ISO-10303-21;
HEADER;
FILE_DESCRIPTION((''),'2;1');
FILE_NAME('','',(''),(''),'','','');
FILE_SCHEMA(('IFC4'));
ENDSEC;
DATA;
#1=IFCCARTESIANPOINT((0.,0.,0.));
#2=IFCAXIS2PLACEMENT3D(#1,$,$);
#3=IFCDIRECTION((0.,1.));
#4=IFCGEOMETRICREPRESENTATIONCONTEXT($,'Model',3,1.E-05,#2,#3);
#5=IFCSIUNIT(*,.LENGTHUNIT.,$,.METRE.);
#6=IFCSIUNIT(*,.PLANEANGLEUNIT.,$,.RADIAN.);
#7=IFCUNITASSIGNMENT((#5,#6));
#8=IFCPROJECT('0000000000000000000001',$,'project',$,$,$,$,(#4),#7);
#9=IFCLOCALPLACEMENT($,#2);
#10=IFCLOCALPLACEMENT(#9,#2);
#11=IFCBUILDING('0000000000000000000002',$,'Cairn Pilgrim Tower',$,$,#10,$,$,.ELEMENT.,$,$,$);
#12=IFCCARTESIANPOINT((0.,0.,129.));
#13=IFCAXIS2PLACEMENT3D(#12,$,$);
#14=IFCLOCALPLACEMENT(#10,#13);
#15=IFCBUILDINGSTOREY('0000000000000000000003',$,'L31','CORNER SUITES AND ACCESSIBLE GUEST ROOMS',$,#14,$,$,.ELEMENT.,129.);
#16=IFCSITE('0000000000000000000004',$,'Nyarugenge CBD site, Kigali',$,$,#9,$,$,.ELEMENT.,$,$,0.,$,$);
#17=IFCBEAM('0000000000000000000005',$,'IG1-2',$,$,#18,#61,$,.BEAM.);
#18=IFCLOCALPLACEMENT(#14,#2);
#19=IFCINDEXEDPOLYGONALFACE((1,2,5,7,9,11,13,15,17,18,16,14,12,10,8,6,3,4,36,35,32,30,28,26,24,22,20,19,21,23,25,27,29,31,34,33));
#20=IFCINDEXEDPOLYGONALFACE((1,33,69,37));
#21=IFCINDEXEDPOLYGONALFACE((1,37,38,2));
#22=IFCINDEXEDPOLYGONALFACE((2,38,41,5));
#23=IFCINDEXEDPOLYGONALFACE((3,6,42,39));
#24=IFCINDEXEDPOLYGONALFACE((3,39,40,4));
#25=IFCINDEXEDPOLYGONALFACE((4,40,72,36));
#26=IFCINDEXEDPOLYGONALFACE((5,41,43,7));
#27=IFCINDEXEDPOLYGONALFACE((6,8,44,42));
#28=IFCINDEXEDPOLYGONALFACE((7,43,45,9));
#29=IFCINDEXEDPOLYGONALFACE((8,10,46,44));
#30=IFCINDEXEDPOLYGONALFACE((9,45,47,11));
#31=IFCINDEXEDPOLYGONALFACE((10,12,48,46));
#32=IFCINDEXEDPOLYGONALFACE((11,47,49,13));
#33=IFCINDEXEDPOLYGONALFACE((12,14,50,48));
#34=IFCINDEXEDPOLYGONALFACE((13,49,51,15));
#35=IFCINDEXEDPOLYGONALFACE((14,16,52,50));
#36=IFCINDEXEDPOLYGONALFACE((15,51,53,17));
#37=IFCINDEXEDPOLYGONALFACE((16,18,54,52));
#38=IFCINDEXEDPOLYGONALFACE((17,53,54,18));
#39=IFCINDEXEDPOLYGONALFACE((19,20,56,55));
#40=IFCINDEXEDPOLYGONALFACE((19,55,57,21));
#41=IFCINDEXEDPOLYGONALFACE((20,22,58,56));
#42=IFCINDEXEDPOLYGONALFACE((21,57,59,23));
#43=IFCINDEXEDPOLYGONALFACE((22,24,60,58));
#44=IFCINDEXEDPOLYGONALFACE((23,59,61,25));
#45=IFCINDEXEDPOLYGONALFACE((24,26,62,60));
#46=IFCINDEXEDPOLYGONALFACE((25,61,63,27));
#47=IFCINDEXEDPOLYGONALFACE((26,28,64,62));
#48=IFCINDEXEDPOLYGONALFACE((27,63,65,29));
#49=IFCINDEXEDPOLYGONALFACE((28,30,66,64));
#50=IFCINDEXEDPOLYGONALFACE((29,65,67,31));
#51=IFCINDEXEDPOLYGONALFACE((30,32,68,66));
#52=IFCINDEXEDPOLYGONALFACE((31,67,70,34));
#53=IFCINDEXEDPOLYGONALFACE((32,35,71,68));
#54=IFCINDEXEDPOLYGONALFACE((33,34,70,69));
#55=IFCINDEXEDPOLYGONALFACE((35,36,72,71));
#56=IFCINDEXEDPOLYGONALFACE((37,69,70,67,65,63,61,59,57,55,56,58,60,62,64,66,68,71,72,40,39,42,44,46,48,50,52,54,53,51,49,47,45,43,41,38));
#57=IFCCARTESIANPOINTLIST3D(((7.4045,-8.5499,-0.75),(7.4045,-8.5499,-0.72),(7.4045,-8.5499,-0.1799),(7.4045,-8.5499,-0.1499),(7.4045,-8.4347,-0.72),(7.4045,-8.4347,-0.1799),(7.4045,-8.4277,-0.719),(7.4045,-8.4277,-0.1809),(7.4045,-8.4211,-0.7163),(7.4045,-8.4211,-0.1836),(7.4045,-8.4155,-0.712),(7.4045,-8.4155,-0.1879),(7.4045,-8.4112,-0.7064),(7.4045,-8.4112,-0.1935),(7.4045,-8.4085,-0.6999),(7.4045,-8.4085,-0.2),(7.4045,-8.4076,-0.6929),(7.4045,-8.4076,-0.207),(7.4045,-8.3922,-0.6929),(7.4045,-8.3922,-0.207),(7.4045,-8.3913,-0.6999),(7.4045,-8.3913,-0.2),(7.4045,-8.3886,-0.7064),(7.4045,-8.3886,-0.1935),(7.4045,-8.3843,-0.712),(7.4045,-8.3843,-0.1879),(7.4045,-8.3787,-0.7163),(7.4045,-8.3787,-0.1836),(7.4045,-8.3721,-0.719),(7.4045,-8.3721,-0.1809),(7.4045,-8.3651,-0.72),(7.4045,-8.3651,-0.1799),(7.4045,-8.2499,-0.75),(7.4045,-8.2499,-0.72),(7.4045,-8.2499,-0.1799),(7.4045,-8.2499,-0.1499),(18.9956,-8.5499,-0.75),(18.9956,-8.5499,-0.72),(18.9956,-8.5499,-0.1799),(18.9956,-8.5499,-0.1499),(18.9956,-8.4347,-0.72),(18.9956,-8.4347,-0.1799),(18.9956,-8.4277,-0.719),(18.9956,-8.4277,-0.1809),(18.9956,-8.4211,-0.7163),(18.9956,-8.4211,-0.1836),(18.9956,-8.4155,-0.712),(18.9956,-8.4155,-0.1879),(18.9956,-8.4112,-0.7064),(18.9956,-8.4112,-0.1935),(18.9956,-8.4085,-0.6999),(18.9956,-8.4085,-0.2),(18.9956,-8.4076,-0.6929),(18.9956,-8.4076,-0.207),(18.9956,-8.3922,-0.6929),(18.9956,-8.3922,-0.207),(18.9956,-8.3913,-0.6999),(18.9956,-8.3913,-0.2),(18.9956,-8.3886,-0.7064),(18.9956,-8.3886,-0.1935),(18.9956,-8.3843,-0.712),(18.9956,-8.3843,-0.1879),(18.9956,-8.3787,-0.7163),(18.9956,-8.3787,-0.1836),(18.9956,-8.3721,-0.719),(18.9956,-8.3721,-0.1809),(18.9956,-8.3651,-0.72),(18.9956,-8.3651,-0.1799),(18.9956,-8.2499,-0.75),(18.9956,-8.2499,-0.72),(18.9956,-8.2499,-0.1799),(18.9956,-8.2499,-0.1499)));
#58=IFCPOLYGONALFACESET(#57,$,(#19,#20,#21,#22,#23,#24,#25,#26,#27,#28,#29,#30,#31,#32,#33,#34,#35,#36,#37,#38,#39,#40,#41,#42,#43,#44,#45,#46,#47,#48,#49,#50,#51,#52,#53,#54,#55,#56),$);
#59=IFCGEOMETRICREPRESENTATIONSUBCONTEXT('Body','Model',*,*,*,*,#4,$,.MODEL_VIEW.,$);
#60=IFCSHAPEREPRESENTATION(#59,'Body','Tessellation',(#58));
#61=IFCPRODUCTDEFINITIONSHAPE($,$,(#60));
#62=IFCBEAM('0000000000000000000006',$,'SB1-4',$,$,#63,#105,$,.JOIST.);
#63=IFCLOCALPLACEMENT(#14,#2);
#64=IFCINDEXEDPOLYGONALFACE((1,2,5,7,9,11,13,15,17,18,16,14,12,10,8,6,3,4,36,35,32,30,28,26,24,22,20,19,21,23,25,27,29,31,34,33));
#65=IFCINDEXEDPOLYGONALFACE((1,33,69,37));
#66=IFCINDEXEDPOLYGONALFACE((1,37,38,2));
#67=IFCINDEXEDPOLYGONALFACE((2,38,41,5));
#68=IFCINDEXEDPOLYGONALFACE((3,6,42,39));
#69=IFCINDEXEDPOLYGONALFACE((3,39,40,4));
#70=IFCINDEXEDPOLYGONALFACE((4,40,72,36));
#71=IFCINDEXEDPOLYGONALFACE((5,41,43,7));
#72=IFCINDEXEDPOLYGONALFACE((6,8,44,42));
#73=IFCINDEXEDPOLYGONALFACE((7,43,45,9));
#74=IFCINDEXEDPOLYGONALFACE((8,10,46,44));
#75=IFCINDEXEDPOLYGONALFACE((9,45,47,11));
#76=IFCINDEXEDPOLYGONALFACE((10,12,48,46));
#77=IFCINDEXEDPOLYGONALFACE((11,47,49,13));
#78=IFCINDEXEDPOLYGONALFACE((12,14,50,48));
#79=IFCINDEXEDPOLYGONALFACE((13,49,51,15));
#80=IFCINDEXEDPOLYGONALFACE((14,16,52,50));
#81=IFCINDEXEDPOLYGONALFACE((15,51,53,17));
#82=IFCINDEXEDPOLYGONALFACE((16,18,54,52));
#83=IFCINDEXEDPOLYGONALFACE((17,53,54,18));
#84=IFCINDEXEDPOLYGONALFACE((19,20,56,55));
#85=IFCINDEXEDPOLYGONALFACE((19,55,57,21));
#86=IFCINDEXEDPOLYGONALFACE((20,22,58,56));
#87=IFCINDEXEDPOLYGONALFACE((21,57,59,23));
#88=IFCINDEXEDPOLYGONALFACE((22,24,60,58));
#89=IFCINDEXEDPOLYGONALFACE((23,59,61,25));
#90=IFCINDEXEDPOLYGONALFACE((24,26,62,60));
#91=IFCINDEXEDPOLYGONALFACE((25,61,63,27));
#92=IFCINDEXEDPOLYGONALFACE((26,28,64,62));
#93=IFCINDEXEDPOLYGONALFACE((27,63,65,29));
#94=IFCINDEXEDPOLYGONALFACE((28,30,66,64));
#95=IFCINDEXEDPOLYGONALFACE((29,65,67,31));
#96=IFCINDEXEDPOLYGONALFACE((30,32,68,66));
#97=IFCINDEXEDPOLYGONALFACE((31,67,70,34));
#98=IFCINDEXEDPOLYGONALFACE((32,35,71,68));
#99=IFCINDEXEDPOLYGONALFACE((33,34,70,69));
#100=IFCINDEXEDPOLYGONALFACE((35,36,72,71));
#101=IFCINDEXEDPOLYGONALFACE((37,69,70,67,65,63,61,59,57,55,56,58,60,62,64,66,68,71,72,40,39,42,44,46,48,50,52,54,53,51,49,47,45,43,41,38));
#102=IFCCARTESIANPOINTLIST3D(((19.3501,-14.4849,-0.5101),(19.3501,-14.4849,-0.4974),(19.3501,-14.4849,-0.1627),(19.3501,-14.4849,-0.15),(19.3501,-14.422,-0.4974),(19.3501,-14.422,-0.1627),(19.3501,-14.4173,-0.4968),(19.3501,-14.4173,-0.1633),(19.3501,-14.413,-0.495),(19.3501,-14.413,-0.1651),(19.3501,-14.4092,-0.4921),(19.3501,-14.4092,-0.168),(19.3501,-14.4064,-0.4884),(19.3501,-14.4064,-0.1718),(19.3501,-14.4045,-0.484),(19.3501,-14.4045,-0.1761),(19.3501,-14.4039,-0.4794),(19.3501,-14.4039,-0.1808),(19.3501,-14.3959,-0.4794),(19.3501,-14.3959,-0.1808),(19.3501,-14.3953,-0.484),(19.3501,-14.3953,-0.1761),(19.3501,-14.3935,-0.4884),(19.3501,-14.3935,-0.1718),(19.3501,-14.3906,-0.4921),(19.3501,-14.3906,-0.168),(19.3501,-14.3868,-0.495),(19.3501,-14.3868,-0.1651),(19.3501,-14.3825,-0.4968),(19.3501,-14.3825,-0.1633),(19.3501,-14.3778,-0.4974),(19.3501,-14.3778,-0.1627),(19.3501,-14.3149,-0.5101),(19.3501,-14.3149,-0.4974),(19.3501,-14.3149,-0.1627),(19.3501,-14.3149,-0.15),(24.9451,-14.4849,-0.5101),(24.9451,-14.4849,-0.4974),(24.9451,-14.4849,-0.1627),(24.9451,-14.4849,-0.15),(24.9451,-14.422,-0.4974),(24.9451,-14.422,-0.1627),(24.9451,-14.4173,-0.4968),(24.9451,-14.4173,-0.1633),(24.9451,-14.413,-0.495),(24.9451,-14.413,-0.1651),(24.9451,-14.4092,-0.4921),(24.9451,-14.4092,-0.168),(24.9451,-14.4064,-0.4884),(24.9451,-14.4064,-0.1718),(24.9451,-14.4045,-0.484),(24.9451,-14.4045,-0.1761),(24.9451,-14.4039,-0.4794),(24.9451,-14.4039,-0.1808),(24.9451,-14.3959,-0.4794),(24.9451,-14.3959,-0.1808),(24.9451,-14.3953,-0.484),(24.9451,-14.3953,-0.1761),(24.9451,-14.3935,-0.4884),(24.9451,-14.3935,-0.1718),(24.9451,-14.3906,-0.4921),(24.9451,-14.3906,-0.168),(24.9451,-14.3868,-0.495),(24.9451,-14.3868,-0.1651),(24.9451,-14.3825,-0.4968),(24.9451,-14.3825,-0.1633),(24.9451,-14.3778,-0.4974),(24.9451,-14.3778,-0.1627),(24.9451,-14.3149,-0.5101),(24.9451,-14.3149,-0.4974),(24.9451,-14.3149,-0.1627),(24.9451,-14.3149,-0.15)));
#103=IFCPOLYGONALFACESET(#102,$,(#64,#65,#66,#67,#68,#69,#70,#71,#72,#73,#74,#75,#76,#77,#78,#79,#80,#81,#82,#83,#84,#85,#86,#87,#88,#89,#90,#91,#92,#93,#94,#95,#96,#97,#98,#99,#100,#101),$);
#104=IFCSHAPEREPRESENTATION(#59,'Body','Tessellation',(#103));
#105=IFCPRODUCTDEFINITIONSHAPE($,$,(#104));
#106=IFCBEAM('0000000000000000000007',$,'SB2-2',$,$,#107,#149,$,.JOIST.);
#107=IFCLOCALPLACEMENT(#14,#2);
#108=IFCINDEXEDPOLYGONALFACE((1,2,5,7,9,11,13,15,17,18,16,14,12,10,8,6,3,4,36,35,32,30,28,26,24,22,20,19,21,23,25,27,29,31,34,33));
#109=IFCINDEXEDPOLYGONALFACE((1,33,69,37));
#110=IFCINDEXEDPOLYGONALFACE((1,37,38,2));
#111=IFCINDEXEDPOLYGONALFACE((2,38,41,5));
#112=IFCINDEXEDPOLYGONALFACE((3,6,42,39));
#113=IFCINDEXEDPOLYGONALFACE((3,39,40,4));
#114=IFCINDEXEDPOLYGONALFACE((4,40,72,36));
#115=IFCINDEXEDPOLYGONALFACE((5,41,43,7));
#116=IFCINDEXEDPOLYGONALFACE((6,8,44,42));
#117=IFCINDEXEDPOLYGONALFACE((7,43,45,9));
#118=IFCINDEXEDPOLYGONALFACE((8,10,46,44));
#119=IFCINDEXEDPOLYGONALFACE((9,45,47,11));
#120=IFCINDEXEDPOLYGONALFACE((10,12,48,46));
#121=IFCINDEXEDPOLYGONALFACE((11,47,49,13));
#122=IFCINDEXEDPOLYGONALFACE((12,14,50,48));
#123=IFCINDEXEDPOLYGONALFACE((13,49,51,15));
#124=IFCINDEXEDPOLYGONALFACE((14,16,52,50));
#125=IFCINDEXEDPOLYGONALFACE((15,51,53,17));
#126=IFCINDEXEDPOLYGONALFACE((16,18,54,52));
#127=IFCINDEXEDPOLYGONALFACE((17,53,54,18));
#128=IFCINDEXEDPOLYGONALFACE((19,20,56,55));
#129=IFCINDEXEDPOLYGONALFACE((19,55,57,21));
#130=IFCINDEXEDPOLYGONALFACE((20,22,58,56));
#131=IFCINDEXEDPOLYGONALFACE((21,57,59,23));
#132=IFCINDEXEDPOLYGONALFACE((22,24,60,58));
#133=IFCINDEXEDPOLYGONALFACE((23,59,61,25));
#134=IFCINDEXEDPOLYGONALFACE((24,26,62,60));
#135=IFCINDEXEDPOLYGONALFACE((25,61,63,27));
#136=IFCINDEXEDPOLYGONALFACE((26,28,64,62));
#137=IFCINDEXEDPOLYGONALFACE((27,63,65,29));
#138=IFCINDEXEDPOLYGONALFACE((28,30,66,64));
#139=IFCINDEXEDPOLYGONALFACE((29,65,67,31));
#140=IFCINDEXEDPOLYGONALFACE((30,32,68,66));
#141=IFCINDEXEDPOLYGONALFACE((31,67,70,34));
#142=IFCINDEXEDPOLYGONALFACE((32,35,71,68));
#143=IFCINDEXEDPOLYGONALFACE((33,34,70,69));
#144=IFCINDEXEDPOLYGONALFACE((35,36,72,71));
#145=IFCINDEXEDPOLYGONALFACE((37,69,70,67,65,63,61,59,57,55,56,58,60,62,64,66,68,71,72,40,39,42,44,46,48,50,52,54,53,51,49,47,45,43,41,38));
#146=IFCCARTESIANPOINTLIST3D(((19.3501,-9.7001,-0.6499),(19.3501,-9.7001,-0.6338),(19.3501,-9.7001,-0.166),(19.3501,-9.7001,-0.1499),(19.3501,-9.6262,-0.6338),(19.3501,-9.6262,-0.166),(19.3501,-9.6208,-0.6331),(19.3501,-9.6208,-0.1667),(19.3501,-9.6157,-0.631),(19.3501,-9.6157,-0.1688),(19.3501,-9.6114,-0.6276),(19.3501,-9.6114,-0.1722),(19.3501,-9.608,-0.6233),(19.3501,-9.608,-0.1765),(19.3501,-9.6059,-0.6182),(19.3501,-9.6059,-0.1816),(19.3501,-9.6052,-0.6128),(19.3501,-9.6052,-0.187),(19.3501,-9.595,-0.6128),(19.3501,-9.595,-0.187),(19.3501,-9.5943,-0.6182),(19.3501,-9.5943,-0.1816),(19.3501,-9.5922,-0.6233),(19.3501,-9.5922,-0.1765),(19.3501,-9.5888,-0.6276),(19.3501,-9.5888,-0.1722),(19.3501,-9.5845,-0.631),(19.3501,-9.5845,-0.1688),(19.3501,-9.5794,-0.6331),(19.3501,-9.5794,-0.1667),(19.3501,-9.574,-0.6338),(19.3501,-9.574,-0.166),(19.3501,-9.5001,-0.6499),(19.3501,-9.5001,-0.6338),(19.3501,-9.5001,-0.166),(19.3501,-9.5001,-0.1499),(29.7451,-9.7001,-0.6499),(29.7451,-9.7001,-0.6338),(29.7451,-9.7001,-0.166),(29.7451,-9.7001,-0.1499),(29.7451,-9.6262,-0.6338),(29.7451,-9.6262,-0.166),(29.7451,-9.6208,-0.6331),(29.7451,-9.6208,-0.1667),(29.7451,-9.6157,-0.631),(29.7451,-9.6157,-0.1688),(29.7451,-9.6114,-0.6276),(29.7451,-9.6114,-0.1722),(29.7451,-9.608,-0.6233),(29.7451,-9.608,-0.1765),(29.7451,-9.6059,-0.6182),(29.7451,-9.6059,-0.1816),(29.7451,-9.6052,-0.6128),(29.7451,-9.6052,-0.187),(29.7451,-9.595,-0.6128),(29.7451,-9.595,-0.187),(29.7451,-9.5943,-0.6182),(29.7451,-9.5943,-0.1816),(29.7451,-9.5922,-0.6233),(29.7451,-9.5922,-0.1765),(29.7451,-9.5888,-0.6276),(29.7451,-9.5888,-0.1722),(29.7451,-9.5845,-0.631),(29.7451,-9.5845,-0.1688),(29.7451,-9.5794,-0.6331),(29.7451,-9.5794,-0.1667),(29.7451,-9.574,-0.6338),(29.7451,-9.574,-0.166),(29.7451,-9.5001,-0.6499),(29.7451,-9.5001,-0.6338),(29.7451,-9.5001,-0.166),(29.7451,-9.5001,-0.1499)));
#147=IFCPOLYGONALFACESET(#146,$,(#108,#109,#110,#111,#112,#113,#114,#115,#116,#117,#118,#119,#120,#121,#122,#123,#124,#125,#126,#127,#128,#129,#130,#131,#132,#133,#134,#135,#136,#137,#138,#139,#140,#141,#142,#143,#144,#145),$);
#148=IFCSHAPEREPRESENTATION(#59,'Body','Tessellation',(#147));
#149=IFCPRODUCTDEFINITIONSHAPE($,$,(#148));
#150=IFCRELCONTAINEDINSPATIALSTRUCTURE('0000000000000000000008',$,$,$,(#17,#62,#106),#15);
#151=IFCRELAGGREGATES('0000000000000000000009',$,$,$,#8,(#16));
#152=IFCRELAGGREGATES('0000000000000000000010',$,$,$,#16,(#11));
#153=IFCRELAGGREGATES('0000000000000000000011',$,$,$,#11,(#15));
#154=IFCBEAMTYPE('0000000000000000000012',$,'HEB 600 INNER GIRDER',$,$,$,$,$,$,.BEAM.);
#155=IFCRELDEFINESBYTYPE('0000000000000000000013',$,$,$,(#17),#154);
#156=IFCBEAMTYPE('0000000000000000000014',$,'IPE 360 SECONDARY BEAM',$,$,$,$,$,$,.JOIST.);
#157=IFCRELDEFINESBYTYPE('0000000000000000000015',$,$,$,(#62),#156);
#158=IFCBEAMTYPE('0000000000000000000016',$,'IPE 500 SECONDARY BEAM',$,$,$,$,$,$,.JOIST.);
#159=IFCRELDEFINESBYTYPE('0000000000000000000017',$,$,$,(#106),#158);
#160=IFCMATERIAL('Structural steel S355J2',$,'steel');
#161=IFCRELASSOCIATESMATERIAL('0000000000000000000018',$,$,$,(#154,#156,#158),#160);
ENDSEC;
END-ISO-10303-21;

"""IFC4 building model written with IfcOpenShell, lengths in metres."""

from ifc_helpers import new_model, si_unit, direction, frame, origin, origin_2d, place, context, subcontext, project, spatial, i_section, extrude, material, material_profile, profile_set, type_object, element, save


model = new_model("IFC4")

# Units and contexts
model_context = context("Model", 3, precision=1e-05, world=origin(), true_north=direction((0.0, 1.0)))
body_context = subcontext(model_context, "Body", "Model", "MODEL_VIEW")
ifc_project = project(units=[si_unit("LENGTHUNIT", "METRE"), si_unit("PLANEANGLEUNIT", "RADIAN")], contexts=[model_context])

# Site, building, storey
site_placement = place(None, origin())
site = spatial("IfcSite", under=ifc_project, at=site_placement, Name="Nyarugenge CBD site, Kigali", CompositionType="ELEMENT", RefElevation=0.0)
building_placement = place(site_placement, origin())
building = spatial("IfcBuilding", under=site, at=building_placement, Name="Cairn Pilgrim Tower", CompositionType="ELEMENT")
storey_placement = place(building_placement, frame((0.0, 0.0, 129.0)))
storey = spatial("IfcBuildingStorey", under=building, at=storey_placement, Name="L31", Description="CORNER SUITES AND ACCESSIBLE GUEST ROOMS", CompositionType="ELEMENT", Elevation=129.0)

# Beams
ifc_material_1 = material(Name="Structural steel S355J2", Category="steel")
ifc_material_profile_1 = material_profile(ifc_material_1, i_section(OverallWidth=0.3, OverallDepth=0.6001, WebThickness=0.0154, FlangeThickness=0.03, FilletRadius=0.0271, at=origin_2d()), Name="HEB 600")
ifc_profile_set_1 = profile_set([ifc_material_profile_1], Name="Structural steel S355J2")
beam_type_1 = type_object("IfcBeamType", Name="HEB 600 INNER GIRDER", PredefinedType="BEAM", material=ifc_profile_set_1)
beam_1_placement = place(storey_placement, frame((7.4045, -8.3999, -0.45), z_axis=(1.0, 0.0, 0.0), x_axis=(0.0, 1.0, 0.0)))
element("IfcBeam", 1, at=beam_1_placement, inside=storey, type_object=beam_type_1, Name="IG1-2", PredefinedType="BEAM", context=body_context, shape_type="SweptSolid", body=[
    extrude(i_section(OverallWidth=0.3, OverallDepth=0.6001, WebThickness=0.0154, FlangeThickness=0.03, FilletRadius=0.0271, at=origin_2d()), origin(), (0.0, 0.0, 1.0), 11.5911),
])
ifc_material_profile_2 = material_profile(ifc_material_1, i_section(OverallWidth=0.1699, OverallDepth=0.3601, WebThickness=0.0081, FlangeThickness=0.0127, FilletRadius=0.0181, at=origin_2d()), Name="IPE 360")
ifc_profile_set_2 = profile_set([ifc_material_profile_2], Name="Structural steel S355J2")
beam_type_2 = type_object("IfcBeamType", Name="IPE 360 SECONDARY BEAM", PredefinedType="JOIST", material=ifc_profile_set_2)
beam_2_placement = place(storey_placement, frame((19.3501, -14.3999, -0.3301), z_axis=(1.0, 0.0, 0.0), x_axis=(0.0, 1.0, 0.0)))
element("IfcBeam", 2, at=beam_2_placement, inside=storey, type_object=beam_type_2, Name="SB1-4", PredefinedType="JOIST", context=body_context, shape_type="SweptSolid", body=[
    extrude(i_section(OverallWidth=0.1699, OverallDepth=0.3601, WebThickness=0.0081, FlangeThickness=0.0127, FilletRadius=0.0181, at=origin_2d()), origin(), (0.0, 0.0, 1.0), 5.595),
])
ifc_material_profile_3 = material_profile(ifc_material_1, i_section(OverallWidth=0.2, OverallDepth=0.5, WebThickness=0.0103, FlangeThickness=0.0161, FilletRadius=0.021, at=origin_2d()), Name="IPE 500")
ifc_profile_set_3 = profile_set([ifc_material_profile_3], Name="Structural steel S355J2")
beam_type_3 = type_object("IfcBeamType", Name="IPE 500 SECONDARY BEAM", PredefinedType="JOIST", material=ifc_profile_set_3)
beam_3_placement = place(storey_placement, frame((19.3501, -9.6001, -0.3999), z_axis=(1.0, 0.0, 0.0), x_axis=(0.0, 1.0, 0.0)))
element("IfcBeam", 3, at=beam_3_placement, inside=storey, type_object=beam_type_3, Name="SB2-2", PredefinedType="JOIST", context=body_context, shape_type="SweptSolid", body=[
    extrude(i_section(OverallWidth=0.2, OverallDepth=0.5, WebThickness=0.0103, FlangeThickness=0.0161, FilletRadius=0.021, at=origin_2d()), origin(), (0.0, 0.0, 1.0), 10.395),
])

save(model, "model.ifc")
